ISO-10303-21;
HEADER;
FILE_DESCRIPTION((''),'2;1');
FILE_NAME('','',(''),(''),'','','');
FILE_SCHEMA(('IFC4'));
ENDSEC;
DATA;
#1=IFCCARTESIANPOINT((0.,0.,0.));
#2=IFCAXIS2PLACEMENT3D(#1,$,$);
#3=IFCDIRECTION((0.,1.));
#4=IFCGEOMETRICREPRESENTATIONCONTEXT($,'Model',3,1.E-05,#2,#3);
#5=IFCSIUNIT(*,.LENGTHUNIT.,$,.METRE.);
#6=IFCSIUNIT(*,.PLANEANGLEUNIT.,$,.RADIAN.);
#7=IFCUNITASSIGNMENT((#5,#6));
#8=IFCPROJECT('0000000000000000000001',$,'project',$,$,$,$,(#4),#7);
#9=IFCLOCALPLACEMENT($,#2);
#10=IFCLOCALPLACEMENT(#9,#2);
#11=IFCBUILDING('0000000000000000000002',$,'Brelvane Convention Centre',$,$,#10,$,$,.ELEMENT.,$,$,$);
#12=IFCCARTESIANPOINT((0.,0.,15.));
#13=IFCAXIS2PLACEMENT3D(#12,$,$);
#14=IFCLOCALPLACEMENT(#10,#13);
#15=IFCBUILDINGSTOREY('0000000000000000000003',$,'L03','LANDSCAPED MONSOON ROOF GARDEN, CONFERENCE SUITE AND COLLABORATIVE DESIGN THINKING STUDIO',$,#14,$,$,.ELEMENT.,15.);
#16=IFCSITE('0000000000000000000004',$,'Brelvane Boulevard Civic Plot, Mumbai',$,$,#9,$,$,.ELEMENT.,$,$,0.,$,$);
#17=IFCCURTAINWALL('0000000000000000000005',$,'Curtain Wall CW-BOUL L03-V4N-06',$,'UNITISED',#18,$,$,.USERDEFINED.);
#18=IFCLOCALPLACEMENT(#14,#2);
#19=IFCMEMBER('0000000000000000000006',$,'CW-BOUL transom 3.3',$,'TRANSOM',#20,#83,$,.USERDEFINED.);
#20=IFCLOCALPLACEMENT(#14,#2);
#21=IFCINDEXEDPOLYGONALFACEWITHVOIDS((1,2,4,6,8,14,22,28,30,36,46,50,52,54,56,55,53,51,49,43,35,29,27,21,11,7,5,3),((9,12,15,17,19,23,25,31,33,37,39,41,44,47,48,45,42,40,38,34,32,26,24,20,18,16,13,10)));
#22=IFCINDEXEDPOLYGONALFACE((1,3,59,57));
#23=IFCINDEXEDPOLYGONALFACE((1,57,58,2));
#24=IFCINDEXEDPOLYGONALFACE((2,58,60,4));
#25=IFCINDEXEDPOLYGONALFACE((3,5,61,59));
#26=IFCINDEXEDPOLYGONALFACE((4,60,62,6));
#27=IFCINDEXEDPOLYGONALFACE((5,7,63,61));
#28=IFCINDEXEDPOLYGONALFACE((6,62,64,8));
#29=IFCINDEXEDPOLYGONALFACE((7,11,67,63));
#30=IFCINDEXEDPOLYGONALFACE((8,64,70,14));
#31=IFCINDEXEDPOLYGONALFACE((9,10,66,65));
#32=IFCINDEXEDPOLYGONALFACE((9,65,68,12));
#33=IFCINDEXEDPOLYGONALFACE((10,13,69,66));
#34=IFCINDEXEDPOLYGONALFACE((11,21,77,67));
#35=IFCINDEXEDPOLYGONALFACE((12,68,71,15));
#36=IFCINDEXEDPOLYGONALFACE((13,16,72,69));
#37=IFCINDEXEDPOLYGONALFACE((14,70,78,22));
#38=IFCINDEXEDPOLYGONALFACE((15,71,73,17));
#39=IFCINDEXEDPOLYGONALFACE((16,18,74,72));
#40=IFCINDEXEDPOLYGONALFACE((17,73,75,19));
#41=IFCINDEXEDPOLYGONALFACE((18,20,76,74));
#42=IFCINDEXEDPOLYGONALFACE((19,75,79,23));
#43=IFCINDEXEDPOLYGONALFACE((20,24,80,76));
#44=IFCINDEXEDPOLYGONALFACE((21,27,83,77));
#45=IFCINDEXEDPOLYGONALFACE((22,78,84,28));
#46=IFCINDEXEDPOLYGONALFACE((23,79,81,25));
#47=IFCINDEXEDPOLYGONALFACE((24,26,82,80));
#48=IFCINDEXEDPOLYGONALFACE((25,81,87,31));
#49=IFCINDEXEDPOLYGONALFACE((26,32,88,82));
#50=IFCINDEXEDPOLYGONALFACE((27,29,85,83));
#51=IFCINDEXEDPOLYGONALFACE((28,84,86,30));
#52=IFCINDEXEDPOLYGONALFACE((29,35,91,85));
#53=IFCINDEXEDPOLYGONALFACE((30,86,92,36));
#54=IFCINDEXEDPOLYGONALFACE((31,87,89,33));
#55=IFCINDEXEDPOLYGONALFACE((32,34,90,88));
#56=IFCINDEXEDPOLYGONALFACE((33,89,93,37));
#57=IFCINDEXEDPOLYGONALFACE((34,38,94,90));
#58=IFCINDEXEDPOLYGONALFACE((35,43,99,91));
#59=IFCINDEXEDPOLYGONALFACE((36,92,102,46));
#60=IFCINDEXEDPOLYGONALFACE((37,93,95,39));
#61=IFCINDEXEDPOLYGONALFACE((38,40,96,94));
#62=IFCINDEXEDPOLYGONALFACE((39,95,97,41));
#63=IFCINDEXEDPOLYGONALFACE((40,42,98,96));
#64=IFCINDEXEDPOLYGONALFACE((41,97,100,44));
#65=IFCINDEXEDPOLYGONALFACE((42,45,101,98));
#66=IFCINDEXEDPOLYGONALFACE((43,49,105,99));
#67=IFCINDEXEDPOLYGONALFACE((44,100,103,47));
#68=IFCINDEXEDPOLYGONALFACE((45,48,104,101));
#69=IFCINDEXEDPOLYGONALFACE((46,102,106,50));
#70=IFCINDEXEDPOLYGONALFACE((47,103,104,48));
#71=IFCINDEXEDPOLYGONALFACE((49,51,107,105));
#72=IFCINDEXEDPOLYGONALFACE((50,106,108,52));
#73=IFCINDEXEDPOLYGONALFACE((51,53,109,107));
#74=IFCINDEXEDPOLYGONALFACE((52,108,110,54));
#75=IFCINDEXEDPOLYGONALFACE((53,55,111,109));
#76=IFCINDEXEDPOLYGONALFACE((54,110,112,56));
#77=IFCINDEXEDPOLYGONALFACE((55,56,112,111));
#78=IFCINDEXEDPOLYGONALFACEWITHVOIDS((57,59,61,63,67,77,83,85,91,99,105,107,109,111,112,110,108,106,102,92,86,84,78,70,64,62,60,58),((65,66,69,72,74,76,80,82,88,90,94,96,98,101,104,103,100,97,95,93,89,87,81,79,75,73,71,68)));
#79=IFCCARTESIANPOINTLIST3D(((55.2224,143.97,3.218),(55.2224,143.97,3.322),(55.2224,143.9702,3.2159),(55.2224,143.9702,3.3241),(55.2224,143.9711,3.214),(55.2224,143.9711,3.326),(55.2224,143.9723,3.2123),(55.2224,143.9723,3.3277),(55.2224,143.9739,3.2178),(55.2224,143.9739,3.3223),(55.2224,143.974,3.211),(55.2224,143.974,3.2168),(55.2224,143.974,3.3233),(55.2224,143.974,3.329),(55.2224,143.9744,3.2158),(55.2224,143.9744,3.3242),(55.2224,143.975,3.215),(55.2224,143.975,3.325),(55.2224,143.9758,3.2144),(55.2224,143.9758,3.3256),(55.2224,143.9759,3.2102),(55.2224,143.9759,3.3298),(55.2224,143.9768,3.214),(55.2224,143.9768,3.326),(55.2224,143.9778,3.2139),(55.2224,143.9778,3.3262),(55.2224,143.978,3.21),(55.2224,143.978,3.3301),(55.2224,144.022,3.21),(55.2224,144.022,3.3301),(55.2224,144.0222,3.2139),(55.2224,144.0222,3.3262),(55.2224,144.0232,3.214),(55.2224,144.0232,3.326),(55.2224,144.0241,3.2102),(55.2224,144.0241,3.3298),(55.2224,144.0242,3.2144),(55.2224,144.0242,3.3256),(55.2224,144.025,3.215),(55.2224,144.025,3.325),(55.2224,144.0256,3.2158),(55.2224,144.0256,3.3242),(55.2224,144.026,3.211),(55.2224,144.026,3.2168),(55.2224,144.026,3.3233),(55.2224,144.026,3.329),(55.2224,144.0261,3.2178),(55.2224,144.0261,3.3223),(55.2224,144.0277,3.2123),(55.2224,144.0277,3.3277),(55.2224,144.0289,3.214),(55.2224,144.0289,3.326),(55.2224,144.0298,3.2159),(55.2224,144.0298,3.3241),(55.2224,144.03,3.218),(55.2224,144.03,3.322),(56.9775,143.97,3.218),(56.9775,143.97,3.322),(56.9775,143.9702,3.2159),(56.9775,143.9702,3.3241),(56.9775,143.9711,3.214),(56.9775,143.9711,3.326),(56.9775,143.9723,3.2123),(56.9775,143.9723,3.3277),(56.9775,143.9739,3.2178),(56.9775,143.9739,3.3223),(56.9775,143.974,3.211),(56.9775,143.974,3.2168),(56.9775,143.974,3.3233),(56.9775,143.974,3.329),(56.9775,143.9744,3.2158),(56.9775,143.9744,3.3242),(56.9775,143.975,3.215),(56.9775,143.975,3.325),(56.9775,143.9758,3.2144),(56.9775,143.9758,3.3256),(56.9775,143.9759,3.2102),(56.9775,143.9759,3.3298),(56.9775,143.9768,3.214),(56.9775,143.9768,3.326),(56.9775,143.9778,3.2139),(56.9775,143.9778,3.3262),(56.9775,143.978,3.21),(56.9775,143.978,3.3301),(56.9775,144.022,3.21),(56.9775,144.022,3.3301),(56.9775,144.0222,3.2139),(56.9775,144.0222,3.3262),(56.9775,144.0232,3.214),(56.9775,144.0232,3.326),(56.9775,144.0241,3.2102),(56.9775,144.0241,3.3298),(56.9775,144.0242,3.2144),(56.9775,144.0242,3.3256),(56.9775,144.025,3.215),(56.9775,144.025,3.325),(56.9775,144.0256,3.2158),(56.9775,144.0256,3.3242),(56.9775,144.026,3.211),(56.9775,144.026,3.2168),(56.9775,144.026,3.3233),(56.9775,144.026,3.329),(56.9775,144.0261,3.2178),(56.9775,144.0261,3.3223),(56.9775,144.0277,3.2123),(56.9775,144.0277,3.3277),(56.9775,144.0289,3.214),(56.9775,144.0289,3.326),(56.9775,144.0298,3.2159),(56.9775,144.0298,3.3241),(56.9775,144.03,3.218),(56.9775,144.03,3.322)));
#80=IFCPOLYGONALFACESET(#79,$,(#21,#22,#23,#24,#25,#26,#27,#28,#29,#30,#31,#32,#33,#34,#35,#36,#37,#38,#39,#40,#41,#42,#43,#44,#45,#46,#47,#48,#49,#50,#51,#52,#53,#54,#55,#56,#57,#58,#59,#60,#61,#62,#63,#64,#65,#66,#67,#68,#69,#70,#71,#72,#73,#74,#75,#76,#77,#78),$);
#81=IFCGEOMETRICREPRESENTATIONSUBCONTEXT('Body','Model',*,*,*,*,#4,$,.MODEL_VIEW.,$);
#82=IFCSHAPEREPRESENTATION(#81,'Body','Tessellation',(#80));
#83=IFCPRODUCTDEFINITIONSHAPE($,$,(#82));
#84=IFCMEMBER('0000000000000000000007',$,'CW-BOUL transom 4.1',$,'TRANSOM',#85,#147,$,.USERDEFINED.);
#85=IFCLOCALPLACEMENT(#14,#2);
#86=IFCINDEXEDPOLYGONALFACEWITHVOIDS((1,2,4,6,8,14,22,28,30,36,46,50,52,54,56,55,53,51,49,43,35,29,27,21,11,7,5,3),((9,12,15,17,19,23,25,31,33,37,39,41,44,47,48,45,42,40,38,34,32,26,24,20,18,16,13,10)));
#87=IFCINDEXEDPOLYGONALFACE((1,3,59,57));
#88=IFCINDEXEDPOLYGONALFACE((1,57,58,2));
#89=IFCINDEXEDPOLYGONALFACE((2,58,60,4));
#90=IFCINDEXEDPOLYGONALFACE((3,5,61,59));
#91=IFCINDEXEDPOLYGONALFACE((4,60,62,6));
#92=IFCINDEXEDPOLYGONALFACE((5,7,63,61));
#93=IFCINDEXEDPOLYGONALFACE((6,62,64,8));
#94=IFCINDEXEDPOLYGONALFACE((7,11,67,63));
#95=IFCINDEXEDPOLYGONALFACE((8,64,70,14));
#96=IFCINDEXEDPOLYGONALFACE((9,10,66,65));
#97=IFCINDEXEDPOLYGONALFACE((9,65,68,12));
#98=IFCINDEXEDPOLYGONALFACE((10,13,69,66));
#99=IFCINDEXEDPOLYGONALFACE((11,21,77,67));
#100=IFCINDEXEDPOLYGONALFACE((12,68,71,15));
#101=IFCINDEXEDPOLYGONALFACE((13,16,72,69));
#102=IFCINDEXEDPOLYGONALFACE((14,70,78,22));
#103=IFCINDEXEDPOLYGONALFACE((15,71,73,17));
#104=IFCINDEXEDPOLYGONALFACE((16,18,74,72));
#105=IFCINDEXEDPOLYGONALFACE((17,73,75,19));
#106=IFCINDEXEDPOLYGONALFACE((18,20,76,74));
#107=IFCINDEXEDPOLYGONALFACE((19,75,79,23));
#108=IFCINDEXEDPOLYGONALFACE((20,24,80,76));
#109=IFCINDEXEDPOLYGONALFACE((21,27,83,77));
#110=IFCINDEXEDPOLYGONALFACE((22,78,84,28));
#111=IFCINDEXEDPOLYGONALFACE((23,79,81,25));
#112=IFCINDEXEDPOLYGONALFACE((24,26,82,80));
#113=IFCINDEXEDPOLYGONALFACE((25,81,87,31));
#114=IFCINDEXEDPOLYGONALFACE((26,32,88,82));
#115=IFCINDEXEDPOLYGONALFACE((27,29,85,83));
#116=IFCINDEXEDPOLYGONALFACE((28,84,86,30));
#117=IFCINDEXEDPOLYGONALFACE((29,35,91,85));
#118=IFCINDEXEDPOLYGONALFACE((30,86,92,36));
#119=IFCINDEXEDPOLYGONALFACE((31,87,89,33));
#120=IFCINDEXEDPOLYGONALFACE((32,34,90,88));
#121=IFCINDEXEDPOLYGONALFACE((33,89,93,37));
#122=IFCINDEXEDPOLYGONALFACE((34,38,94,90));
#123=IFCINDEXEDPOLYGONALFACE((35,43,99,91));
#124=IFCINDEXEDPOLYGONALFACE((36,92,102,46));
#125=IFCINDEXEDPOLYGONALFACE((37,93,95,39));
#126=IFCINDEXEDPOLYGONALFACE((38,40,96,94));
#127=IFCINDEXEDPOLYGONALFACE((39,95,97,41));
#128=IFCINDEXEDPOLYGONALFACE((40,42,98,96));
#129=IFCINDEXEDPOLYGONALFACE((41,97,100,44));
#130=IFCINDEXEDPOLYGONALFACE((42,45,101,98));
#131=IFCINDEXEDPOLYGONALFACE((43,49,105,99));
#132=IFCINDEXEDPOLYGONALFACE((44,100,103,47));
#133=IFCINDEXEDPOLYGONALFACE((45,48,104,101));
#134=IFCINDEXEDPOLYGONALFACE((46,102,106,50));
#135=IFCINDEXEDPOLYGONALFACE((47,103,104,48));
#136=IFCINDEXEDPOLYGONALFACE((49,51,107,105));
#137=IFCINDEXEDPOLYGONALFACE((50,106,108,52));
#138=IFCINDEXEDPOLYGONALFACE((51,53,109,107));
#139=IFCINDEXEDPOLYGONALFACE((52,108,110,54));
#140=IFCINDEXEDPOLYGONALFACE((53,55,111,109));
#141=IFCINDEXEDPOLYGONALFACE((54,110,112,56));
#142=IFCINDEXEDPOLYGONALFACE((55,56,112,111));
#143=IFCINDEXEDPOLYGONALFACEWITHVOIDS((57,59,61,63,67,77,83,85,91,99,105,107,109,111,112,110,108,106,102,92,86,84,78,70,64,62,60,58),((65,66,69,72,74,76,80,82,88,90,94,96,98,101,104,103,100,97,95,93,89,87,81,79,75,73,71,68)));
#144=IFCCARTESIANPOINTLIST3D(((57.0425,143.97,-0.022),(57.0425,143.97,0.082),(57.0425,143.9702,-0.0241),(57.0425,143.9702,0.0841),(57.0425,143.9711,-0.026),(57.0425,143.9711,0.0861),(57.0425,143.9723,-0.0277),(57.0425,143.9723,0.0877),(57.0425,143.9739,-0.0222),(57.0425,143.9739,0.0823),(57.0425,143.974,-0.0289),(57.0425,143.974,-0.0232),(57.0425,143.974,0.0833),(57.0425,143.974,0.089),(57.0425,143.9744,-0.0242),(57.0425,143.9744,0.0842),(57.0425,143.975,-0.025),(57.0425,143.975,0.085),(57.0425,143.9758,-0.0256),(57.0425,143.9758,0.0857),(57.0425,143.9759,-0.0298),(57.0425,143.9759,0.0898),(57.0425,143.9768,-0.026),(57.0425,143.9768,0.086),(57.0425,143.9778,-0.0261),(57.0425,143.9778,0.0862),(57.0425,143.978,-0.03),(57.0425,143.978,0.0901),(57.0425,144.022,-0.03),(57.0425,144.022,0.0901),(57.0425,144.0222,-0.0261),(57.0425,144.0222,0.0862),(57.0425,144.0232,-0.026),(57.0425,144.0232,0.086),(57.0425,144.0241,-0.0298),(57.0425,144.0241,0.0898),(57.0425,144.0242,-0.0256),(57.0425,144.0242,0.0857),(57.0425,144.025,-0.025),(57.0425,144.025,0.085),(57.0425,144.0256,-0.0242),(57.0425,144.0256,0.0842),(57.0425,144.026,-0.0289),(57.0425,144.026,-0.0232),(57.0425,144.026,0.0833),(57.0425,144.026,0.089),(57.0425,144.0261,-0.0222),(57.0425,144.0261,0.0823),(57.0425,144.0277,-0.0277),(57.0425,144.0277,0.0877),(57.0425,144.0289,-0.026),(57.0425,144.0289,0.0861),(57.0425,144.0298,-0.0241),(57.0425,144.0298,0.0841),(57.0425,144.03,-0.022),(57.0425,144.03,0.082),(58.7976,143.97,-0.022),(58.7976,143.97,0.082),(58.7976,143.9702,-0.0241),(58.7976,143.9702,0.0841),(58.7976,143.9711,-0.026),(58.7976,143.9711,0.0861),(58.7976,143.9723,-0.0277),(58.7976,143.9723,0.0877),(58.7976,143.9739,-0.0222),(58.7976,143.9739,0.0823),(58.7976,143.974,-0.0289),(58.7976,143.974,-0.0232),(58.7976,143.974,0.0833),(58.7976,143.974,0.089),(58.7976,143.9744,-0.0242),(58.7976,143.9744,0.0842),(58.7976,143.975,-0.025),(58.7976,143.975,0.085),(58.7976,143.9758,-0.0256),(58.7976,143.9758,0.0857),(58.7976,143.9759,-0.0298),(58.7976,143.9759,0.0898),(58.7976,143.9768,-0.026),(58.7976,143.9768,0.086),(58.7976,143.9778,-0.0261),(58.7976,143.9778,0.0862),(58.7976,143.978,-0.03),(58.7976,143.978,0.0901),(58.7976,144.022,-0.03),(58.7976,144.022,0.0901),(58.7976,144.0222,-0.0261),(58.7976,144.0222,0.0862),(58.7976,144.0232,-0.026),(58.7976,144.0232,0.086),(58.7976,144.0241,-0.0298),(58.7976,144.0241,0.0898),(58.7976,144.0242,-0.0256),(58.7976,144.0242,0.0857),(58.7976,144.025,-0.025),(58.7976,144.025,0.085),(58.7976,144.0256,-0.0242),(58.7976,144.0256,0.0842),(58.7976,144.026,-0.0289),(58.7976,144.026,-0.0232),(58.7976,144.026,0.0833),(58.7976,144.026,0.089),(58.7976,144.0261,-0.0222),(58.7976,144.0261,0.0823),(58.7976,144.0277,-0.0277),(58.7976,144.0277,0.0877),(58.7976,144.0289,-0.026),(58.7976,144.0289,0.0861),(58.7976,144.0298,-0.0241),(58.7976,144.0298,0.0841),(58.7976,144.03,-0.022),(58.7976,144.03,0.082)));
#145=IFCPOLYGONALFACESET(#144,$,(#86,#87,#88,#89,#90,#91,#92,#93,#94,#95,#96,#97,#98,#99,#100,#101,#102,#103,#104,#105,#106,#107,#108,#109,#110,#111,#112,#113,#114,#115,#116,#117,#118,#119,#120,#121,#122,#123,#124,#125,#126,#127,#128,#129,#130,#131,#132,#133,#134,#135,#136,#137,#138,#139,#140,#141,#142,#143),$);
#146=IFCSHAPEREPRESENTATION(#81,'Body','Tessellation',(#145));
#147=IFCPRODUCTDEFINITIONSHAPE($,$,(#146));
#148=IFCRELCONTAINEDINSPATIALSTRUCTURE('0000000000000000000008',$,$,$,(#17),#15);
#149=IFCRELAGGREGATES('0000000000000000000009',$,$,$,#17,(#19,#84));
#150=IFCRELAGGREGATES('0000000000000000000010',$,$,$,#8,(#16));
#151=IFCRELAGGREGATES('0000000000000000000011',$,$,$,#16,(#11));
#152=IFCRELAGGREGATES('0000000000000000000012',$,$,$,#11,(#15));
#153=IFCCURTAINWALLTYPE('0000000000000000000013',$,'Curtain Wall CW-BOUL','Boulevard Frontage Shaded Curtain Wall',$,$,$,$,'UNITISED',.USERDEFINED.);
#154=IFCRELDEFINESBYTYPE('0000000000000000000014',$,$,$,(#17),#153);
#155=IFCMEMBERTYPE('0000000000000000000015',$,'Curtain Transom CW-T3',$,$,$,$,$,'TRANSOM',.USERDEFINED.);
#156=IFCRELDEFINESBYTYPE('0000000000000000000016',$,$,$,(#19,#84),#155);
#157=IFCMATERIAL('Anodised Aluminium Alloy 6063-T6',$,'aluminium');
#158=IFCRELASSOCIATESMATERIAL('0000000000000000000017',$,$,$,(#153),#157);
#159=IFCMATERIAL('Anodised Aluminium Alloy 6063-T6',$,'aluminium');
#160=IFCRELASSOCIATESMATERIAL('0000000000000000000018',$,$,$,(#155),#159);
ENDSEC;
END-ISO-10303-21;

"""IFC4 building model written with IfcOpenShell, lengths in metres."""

from ifc_helpers import new_model, si_unit, direction, frame, origin, origin_2d, place, context, subcontext, project, spatial, hollow_rectangle, extrude, material, material_profile, profile_set, type_object, element, aggregate, save


model = new_model("IFC4")

# Units and contexts
model_context = context("Model", 3, precision=1e-05, world=origin(), true_north=direction((0.0, 1.0)))
body_context = subcontext(model_context, "Body", "Model", "MODEL_VIEW")
ifc_project = project(units=[si_unit("LENGTHUNIT", "METRE"), si_unit("PLANEANGLEUNIT", "RADIAN")], contexts=[model_context])

# Site, building, storey
site_placement = place(None, origin())
site = spatial("IfcSite", under=ifc_project, at=site_placement, Name="Brelvane Boulevard Civic Plot, Mumbai", CompositionType="ELEMENT", RefElevation=0.0)
building_placement = place(site_placement, origin())
building = spatial("IfcBuilding", under=site, at=building_placement, Name="Brelvane Convention Centre", CompositionType="ELEMENT")
storey_placement = place(building_placement, frame((0.0, 0.0, 15.0)))
storey = spatial("IfcBuildingStorey", under=building, at=storey_placement, Name="L03", Description="LANDSCAPED MONSOON ROOF GARDEN, CONFERENCE SUITE AND COLLABORATIVE DESIGN THINKING STUDIO", CompositionType="ELEMENT", Elevation=15.0)

# Curtain wall, members
ifc_material_1 = material(Name="Anodised Aluminium Alloy 6063-T6", Category="aluminium")
curtain_wall_type = type_object("IfcCurtainWallType", Name="Curtain Wall CW-BOUL", Description="Boulevard Frontage Shaded Curtain Wall", ElementType="UNITISED", PredefinedType="USERDEFINED", material=ifc_material_1)
curtain_wall_placement = place(storey_placement, origin())
curtain_wall = element("IfcCurtainWall", 1, at=curtain_wall_placement, inside=storey, type_object=curtain_wall_type, Name="Curtain Wall CW-BOUL L03-V4N-06", ObjectType="UNITISED", PredefinedType="USERDEFINED")
ifc_material_2 = material(Name="Anodised Aluminium Alloy 6063-T6", Category="aluminium")
ifc_material_profile_1 = material_profile(ifc_material_2, hollow_rectangle(XDim=0.0601, YDim=0.1201, WallThickness=0.0039, InnerFilletRadius=0.0039, OuterFilletRadius=0.0081, at=origin_2d()), Name="ALU-T 120x60x4.0")
ifc_profile_set_1 = profile_set([ifc_material_profile_1], Name="Anodised Aluminium Alloy 6063-T6")
member_type_1 = type_object("IfcMemberType", Name="Curtain Transom CW-T3", ElementType="TRANSOM", PredefinedType="USERDEFINED", material=ifc_profile_set_1)
member_1_placement = place(storey_placement, frame((55.2224, 144.0, 3.27), z_axis=(1.0, 0.0, 0.0), x_axis=(0.0, 1.0, 0.0)))
member_1 = element("IfcMember", 2, at=member_1_placement, type_object=member_type_1, Name="CW-BOUL transom 3.3", ObjectType="TRANSOM", PredefinedType="USERDEFINED", context=body_context, shape_type="SweptSolid", body=[
    extrude(hollow_rectangle(XDim=0.0601, YDim=0.1201, WallThickness=0.0039, InnerFilletRadius=0.0039, OuterFilletRadius=0.0081, at=origin_2d()), origin(), (0.0, 0.0, 1.0), 1.7551),
])
member_2_placement = place(storey_placement, frame((57.0425, 144.0, 0.03), z_axis=(1.0, 0.0, 0.0), x_axis=(0.0, 1.0, 0.0)))
member_2 = element("IfcMember", 3, at=member_2_placement, type_object=member_type_1, Name="CW-BOUL transom 4.1", ObjectType="TRANSOM", PredefinedType="USERDEFINED", context=body_context, shape_type="SweptSolid", body=[
    extrude(hollow_rectangle(XDim=0.0601, YDim=0.1201, WallThickness=0.0039, InnerFilletRadius=0.0039, OuterFilletRadius=0.0081, at=origin_2d()), origin(), (0.0, 0.0, 1.0), 1.7551),
])

aggregate(curtain_wall, [member_1, member_2])

save(model, "model.ifc")
